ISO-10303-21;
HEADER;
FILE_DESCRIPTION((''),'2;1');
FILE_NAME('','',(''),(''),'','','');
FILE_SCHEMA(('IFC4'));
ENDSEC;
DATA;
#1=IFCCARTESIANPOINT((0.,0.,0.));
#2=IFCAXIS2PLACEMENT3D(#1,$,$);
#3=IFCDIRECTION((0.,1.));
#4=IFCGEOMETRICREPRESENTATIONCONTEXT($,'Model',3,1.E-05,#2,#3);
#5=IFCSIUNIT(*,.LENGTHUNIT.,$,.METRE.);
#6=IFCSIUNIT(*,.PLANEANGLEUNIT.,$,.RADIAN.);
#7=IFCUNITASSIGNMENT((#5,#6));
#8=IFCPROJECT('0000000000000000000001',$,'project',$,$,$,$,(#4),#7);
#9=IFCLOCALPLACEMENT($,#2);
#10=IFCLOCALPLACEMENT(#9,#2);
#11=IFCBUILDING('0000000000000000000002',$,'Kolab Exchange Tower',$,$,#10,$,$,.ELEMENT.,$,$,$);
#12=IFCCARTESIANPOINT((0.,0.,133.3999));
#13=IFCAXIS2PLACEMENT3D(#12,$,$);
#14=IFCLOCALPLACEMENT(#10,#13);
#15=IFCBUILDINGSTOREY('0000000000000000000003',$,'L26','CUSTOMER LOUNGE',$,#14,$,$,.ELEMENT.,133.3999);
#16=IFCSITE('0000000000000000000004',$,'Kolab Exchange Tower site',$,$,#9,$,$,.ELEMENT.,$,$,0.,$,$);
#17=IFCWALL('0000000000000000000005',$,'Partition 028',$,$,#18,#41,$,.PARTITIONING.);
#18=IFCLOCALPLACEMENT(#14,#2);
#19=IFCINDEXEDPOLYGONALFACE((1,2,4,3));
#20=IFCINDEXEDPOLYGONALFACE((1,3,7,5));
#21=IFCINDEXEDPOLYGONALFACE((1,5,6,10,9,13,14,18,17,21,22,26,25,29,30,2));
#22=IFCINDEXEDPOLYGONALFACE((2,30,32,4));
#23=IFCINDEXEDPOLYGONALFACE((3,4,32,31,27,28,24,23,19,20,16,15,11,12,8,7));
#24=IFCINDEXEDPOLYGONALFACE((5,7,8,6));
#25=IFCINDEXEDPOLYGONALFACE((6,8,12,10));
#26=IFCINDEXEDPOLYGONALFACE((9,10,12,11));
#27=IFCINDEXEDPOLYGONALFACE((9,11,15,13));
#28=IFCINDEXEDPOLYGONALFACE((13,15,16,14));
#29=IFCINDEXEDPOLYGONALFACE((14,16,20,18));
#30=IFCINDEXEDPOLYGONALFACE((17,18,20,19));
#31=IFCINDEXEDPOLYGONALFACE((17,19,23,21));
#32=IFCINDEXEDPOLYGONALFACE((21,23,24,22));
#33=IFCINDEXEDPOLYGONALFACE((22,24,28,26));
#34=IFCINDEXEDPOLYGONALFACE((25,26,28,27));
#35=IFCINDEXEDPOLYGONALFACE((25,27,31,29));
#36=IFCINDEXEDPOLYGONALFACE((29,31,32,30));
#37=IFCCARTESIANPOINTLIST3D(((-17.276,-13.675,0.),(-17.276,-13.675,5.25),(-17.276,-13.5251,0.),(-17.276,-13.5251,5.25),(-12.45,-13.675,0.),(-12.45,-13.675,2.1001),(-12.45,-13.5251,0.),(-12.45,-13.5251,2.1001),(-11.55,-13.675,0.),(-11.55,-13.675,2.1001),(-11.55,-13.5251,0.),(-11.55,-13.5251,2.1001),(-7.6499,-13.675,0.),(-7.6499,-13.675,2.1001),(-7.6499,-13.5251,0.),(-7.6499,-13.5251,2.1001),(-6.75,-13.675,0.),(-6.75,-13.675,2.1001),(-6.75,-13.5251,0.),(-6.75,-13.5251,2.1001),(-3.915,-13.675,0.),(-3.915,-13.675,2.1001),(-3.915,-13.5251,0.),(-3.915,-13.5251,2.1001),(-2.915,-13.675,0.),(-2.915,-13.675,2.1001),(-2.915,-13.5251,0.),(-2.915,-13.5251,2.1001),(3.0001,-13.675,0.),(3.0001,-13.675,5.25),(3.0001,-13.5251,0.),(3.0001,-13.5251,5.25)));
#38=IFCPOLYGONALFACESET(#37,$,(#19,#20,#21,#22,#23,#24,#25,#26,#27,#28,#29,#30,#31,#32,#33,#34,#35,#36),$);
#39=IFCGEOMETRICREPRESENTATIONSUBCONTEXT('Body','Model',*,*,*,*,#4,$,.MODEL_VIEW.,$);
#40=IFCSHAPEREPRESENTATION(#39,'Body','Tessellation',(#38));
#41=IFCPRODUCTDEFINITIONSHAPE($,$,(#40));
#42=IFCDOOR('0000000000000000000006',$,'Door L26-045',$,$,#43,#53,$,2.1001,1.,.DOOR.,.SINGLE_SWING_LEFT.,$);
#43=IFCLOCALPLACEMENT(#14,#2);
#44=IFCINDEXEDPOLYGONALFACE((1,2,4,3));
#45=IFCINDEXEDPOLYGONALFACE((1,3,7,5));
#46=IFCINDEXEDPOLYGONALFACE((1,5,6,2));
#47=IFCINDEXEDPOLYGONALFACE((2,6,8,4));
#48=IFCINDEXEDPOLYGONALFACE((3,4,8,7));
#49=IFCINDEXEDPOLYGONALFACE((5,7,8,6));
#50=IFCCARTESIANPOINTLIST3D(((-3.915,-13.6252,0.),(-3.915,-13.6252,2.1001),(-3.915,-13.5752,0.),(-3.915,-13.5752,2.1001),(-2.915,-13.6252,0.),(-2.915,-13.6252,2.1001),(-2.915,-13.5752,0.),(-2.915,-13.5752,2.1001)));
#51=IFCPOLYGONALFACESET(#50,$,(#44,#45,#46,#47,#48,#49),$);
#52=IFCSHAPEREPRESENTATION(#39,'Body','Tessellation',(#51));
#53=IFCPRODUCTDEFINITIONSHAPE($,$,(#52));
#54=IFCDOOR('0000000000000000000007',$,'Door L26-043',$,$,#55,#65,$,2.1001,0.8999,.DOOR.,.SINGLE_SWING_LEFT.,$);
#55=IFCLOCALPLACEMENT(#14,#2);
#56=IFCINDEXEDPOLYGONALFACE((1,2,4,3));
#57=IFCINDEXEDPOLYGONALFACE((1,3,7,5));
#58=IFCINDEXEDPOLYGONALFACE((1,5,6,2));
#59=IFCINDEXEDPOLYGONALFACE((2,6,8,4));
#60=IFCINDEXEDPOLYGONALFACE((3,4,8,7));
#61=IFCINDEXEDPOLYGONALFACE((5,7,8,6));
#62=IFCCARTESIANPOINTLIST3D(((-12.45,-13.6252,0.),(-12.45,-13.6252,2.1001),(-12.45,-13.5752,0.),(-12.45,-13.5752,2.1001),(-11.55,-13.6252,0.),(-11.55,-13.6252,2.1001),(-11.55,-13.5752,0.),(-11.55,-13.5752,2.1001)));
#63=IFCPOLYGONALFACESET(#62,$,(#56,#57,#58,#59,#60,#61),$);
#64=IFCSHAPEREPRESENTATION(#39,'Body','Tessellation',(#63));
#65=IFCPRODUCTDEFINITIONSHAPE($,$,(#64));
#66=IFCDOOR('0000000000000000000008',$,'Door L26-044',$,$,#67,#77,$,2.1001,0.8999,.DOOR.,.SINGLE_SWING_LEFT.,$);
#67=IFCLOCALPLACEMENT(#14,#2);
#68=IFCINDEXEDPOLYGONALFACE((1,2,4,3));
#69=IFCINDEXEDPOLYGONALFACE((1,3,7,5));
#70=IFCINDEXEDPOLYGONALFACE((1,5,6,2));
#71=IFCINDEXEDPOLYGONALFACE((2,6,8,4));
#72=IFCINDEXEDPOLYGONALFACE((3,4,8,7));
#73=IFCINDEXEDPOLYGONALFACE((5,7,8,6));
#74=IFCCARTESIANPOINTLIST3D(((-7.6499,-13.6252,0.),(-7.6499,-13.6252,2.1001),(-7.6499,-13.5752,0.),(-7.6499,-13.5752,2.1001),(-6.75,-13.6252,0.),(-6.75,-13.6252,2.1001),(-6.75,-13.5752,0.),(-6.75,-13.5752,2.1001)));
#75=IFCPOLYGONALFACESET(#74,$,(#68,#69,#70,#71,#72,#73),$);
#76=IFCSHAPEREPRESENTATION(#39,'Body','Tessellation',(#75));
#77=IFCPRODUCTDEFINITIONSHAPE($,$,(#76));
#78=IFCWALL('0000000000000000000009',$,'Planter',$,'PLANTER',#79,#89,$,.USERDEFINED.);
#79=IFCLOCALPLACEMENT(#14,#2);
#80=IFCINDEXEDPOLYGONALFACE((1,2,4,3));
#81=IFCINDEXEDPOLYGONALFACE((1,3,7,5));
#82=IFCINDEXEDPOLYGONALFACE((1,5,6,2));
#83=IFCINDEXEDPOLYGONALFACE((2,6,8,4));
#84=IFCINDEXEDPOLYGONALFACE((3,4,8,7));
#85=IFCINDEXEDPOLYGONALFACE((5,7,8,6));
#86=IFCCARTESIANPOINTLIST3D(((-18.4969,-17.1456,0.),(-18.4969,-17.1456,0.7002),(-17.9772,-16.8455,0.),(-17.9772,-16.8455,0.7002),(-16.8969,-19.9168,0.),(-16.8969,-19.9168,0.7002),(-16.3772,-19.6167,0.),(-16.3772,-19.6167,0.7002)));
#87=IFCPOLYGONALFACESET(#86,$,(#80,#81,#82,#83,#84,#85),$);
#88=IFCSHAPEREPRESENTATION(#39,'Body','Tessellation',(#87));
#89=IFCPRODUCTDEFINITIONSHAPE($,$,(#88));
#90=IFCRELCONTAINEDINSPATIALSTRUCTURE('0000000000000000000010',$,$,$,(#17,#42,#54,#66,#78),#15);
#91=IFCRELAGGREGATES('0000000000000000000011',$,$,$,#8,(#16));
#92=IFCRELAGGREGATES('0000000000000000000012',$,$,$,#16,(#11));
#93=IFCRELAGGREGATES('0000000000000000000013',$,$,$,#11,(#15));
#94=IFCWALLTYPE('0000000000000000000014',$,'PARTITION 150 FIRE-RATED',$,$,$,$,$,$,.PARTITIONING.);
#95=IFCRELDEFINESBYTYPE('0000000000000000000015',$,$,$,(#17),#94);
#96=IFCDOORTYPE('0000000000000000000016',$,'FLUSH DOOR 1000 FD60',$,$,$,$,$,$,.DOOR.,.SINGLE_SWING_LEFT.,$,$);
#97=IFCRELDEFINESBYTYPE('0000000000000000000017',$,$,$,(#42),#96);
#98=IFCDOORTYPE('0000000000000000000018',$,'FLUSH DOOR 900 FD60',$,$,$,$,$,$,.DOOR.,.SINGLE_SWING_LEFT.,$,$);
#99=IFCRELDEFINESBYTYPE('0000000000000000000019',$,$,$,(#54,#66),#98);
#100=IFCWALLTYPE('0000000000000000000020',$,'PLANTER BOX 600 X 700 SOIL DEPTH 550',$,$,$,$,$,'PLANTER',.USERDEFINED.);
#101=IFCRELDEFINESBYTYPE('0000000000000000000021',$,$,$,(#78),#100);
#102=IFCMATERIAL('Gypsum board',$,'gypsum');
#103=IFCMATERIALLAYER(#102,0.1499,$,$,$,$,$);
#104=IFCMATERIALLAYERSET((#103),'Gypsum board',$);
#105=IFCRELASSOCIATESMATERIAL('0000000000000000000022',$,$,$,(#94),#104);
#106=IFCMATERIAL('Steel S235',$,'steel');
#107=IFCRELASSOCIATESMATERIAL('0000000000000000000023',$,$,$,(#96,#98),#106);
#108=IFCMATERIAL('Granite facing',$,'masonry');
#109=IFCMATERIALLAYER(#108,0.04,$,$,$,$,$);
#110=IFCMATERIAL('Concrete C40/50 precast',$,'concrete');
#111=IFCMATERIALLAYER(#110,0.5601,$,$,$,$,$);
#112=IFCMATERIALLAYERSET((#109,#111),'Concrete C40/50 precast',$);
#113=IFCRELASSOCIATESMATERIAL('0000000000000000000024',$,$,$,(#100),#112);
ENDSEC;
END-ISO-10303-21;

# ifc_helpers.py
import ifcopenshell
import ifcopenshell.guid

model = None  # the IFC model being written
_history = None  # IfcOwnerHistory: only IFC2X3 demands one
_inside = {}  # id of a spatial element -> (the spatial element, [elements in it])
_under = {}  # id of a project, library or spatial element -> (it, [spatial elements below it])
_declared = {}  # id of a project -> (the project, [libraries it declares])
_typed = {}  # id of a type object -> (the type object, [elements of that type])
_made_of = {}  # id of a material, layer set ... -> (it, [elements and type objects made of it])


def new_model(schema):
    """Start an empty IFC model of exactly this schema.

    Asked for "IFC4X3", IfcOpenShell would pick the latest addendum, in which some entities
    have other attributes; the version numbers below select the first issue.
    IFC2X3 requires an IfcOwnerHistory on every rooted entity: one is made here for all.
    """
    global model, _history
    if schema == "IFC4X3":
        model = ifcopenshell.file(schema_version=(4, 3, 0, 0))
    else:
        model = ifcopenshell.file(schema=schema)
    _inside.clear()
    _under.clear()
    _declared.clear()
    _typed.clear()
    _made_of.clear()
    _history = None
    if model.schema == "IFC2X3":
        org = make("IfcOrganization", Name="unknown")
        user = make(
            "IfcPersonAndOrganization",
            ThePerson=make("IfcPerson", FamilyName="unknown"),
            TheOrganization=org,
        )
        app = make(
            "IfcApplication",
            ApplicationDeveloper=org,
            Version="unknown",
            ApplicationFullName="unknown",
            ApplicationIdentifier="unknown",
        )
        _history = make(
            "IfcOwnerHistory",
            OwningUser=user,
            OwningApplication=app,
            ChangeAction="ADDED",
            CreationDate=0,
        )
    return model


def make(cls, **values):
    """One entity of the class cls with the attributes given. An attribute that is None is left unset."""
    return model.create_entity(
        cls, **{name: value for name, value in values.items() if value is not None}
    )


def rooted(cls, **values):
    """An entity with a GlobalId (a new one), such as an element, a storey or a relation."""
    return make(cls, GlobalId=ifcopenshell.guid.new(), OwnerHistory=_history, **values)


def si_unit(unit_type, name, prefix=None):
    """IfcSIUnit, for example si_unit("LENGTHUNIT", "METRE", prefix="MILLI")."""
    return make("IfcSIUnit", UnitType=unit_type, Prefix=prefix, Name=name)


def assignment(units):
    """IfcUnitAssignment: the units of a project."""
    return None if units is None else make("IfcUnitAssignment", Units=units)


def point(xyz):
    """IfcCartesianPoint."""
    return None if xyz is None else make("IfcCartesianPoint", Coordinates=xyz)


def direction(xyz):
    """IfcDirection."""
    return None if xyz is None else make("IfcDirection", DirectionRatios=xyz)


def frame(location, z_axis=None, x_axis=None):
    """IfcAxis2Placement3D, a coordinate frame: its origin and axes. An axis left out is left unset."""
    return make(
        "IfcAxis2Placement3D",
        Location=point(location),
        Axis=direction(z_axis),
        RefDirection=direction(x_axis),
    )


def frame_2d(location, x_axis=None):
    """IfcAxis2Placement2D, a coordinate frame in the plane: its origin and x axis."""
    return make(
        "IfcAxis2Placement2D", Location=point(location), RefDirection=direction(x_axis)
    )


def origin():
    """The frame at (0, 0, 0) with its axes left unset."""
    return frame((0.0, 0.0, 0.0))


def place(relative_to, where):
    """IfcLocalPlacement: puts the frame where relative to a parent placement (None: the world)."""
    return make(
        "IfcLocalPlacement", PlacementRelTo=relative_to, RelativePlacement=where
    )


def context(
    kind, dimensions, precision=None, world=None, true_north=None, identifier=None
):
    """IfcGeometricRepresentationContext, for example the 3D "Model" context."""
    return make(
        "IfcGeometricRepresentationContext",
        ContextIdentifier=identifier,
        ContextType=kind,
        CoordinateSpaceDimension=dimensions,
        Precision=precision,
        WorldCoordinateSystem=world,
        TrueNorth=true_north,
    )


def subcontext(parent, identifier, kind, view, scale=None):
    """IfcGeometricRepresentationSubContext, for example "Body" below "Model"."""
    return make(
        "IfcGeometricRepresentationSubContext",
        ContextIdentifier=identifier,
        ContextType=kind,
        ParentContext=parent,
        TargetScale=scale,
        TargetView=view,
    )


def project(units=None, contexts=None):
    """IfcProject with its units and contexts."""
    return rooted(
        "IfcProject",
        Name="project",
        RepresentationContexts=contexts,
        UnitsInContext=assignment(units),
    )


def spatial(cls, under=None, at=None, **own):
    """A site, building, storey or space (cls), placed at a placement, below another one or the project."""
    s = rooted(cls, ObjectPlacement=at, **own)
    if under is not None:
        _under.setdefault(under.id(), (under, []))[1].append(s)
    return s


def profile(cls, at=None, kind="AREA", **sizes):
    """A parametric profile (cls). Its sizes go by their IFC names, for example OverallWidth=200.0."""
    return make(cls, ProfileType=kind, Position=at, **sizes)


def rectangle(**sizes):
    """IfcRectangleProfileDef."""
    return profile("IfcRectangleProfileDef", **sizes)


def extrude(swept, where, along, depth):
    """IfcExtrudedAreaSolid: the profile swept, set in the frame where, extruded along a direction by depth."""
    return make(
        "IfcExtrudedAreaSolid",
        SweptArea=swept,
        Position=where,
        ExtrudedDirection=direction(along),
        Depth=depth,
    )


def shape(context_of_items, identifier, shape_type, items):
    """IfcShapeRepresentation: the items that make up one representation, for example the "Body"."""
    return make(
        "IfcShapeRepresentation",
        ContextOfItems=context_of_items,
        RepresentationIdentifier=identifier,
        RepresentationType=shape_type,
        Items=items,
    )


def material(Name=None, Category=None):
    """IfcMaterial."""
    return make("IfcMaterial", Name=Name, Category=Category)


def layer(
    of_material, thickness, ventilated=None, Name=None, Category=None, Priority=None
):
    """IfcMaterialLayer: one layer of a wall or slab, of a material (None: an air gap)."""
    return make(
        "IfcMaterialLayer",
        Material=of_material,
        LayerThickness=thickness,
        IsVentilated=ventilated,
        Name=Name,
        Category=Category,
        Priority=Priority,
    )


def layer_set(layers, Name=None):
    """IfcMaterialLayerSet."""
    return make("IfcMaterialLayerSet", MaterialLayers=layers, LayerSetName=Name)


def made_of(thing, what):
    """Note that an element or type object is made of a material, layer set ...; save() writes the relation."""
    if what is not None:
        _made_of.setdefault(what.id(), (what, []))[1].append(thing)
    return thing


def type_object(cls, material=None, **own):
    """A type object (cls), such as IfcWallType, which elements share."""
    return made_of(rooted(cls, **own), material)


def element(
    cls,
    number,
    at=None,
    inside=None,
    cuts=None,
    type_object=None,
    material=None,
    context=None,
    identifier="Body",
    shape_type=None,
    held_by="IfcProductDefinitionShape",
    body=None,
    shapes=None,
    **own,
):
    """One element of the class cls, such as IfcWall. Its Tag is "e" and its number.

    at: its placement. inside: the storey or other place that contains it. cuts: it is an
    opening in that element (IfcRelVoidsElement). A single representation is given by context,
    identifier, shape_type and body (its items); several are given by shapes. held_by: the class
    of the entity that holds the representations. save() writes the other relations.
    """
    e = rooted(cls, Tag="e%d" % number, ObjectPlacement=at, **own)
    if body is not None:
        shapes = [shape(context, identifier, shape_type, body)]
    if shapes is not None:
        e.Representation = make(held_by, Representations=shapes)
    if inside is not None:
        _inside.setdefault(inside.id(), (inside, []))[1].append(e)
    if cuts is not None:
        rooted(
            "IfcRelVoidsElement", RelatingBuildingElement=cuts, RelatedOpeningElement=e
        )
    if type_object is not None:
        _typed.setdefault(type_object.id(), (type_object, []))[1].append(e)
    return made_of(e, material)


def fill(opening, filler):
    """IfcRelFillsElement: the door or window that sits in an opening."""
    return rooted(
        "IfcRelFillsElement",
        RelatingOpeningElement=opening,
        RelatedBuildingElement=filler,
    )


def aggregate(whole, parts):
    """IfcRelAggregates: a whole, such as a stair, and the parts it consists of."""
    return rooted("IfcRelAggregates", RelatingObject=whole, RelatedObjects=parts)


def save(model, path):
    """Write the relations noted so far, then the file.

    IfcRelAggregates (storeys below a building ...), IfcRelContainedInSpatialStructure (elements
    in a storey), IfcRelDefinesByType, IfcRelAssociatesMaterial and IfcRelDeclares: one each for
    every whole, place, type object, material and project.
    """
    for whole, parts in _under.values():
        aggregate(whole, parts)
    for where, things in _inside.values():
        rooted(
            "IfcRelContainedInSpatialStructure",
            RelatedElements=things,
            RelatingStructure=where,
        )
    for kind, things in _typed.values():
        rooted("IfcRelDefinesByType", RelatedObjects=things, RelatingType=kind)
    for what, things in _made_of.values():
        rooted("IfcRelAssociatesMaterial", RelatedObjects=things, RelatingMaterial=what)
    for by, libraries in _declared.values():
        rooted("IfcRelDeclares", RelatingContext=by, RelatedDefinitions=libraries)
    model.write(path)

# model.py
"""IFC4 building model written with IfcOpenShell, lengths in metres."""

from ifc_helpers import new_model, si_unit, direction, frame, frame_2d, origin, place, context, subcontext, project, spatial, rectangle, extrude, material, layer, layer_set, type_object, element, fill, save


model = new_model("IFC4")

# Units and contexts
model_context = context("Model", 3, precision=1e-05, world=origin(), true_north=direction((0.0, 1.0)))
body_context = subcontext(model_context, "Body", "Model", "MODEL_VIEW")
ifc_project = project(units=[si_unit("LENGTHUNIT", "METRE"), si_unit("PLANEANGLEUNIT", "RADIAN")], contexts=[model_context])

# Site, building, storey
site_placement = place(None, origin())
site = spatial("IfcSite", under=ifc_project, at=site_placement, Name="Kolab Exchange Tower site", CompositionType="ELEMENT", RefElevation=0.0)
building_placement = place(site_placement, origin())
building = spatial("IfcBuilding", under=site, at=building_placement, Name="Kolab Exchange Tower", CompositionType="ELEMENT")
storey_placement = place(building_placement, frame((0.0, 0.0, 133.3999)))
storey = spatial("IfcBuildingStorey", under=building, at=storey_placement, Name="L26", Description="CUSTOMER LOUNGE", CompositionType="ELEMENT", Elevation=133.3999)

# Wall, openings, doors
ifc_material_1 = material(Name="Gypsum board", Category="gypsum")
ifc_layer_1 = layer(ifc_material_1, 0.1499)
ifc_layer_set_1 = layer_set([ifc_layer_1], Name="Gypsum board")
wall_type_1 = type_object("IfcWallType", Name="PARTITION 150 FIRE-RATED", PredefinedType="PARTITIONING", material=ifc_layer_set_1)
ifc_material_2 = material(Name="Steel S235", Category="steel")
door_type_1 = type_object("IfcDoorType", Name="FLUSH DOOR 1000 FD60", OperationType="SINGLE_SWING_LEFT", PredefinedType="DOOR", material=ifc_material_2)
wall_1_placement = place(storey_placement, frame((-17.2761, -13.6001, 0.0), z_axis=(0.0, 0.0, 1.0), x_axis=(1.0, 0.0, 0.0)))
wall_1 = element("IfcWall", 1, at=wall_1_placement, inside=storey, type_object=wall_type_1, Name="Partition 028", PredefinedType="PARTITIONING", context=body_context, shape_type="SweptSolid", body=[
    extrude(rectangle(XDim=20.2761, YDim=0.1499, at=frame_2d((10.1382, 0.0))), origin(), (0.0, 0.0, 1.0), 5.25),
])
opening_1_placement = place(wall_1_placement, frame((4.8262, 0.0, 0.0)))
opening_1 = element("IfcOpeningElement", 2, at=opening_1_placement, cuts=wall_1, PredefinedType="OPENING", context=body_context, shape_type="SweptSolid", body=[
    extrude(rectangle(XDim=0.8999, YDim=2.1001, at=frame_2d((0.45, 1.05))), frame((0.0, 0.085, 0.0), z_axis=(0.0, -1.0, 0.0), x_axis=(1.0, 0.0, 0.0)), (0.0, 0.0, 1.0), 0.1699),
])
opening_2_placement = place(wall_1_placement, frame((9.6262, 0.0, 0.0)))
opening_2 = element("IfcOpeningElement", 3, at=opening_2_placement, cuts=wall_1, PredefinedType="OPENING", context=body_context, shape_type="SweptSolid", body=[
    extrude(rectangle(XDim=0.8999, YDim=2.1001, at=frame_2d((0.45, 1.05))), frame((0.0, 0.085, 0.0), z_axis=(0.0, -1.0, 0.0), x_axis=(1.0, 0.0, 0.0)), (0.0, 0.0, 1.0), 0.1699),
])
opening_3_placement = place(wall_1_placement, frame((13.3611, 0.0, 0.0)))
opening_3 = element("IfcOpeningElement", 4, at=opening_3_placement, cuts=wall_1, PredefinedType="OPENING", context=body_context, shape_type="SweptSolid", body=[
    extrude(rectangle(XDim=1.0, YDim=2.1001, at=frame_2d((0.5, 1.05))), frame((0.0, 0.085, 0.0), z_axis=(0.0, -1.0, 0.0), x_axis=(1.0, 0.0, 0.0)), (0.0, 0.0, 1.0), 0.1699),
])
door_1_placement = place(opening_3_placement, origin())
door_1 = element("IfcDoor", 5, at=door_1_placement, inside=storey, type_object=door_type_1, Name="Door L26-045", OperationType="SINGLE_SWING_LEFT", OverallHeight=2.1001, OverallWidth=1.0, PredefinedType="DOOR", context=body_context, shape_type="SweptSolid", body=[
    extrude(rectangle(XDim=1.0, YDim=2.1001, at=frame_2d((0.5, 1.05))), frame((0.0, 0.0249, 0.0), z_axis=(0.0, -1.0, 0.0), x_axis=(1.0, 0.0, 0.0)), (0.0, 0.0, 1.0), 0.05),
])
fill(opening_3, door_1)
door_type_2 = type_object("IfcDoorType", Name="FLUSH DOOR 900 FD60", OperationType="SINGLE_SWING_LEFT", PredefinedType="DOOR", material=ifc_material_2)
door_2_placement = place(opening_1_placement, origin())
door_2 = element("IfcDoor", 6, at=door_2_placement, inside=storey, type_object=door_type_2, Name="Door L26-043", OperationType="SINGLE_SWING_LEFT", OverallHeight=2.1001, OverallWidth=0.8999, PredefinedType="DOOR", context=body_context, shape_type="SweptSolid", body=[
    extrude(rectangle(XDim=0.8999, YDim=2.1001, at=frame_2d((0.45, 1.05))), frame((0.0, 0.0249, 0.0), z_axis=(0.0, -1.0, 0.0), x_axis=(1.0, 0.0, 0.0)), (0.0, 0.0, 1.0), 0.05),
])
fill(opening_1, door_2)
door_3_placement = place(opening_2_placement, origin())
door_3 = element("IfcDoor", 7, at=door_3_placement, inside=storey, type_object=door_type_2, Name="Door L26-044", OperationType="SINGLE_SWING_LEFT", OverallHeight=2.1001, OverallWidth=0.8999, PredefinedType="DOOR", context=body_context, shape_type="SweptSolid", body=[
    extrude(rectangle(XDim=0.8999, YDim=2.1001, at=frame_2d((0.45, 1.05))), frame((0.0, 0.0249, 0.0), z_axis=(0.0, -1.0, 0.0), x_axis=(1.0, 0.0, 0.0)), (0.0, 0.0, 1.0), 0.05),
])
fill(opening_2, door_3)

# Wall
ifc_material_3 = material(Name="Granite facing", Category="masonry")
ifc_layer_2 = layer(ifc_material_3, 0.04)
ifc_material_4 = material(Name="Concrete C40/50 precast", Category="concrete")
ifc_layer_3 = layer(ifc_material_4, 0.5601)
ifc_layer_set_2 = layer_set([ifc_layer_2, ifc_layer_3], Name="Concrete C40/50 precast")
wall_type_2 = type_object("IfcWallType", Name="PLANTER BOX 600 X 700 SOIL DEPTH 550", ElementType="PLANTER", PredefinedType="USERDEFINED", material=ifc_layer_set_2)
wall_2_placement = place(storey_placement, frame((-16.637, -19.7668, 0.0), z_axis=(0.0, 0.0, 1.0), x_axis=(-0.500028, 0.866009, 0.0)))
element("IfcWall", 8, at=wall_2_placement, inside=storey, type_object=wall_type_2, Name="Planter", ObjectType="PLANTER", PredefinedType="USERDEFINED", context=body_context, shape_type="SweptSolid", body=[
    extrude(rectangle(XDim=3.2, YDim=0.6001, at=frame_2d((1.6001, 0.0))), origin(), (0.0, 0.0, 1.0), 0.7002),
])

save(model, "model.ifc")
